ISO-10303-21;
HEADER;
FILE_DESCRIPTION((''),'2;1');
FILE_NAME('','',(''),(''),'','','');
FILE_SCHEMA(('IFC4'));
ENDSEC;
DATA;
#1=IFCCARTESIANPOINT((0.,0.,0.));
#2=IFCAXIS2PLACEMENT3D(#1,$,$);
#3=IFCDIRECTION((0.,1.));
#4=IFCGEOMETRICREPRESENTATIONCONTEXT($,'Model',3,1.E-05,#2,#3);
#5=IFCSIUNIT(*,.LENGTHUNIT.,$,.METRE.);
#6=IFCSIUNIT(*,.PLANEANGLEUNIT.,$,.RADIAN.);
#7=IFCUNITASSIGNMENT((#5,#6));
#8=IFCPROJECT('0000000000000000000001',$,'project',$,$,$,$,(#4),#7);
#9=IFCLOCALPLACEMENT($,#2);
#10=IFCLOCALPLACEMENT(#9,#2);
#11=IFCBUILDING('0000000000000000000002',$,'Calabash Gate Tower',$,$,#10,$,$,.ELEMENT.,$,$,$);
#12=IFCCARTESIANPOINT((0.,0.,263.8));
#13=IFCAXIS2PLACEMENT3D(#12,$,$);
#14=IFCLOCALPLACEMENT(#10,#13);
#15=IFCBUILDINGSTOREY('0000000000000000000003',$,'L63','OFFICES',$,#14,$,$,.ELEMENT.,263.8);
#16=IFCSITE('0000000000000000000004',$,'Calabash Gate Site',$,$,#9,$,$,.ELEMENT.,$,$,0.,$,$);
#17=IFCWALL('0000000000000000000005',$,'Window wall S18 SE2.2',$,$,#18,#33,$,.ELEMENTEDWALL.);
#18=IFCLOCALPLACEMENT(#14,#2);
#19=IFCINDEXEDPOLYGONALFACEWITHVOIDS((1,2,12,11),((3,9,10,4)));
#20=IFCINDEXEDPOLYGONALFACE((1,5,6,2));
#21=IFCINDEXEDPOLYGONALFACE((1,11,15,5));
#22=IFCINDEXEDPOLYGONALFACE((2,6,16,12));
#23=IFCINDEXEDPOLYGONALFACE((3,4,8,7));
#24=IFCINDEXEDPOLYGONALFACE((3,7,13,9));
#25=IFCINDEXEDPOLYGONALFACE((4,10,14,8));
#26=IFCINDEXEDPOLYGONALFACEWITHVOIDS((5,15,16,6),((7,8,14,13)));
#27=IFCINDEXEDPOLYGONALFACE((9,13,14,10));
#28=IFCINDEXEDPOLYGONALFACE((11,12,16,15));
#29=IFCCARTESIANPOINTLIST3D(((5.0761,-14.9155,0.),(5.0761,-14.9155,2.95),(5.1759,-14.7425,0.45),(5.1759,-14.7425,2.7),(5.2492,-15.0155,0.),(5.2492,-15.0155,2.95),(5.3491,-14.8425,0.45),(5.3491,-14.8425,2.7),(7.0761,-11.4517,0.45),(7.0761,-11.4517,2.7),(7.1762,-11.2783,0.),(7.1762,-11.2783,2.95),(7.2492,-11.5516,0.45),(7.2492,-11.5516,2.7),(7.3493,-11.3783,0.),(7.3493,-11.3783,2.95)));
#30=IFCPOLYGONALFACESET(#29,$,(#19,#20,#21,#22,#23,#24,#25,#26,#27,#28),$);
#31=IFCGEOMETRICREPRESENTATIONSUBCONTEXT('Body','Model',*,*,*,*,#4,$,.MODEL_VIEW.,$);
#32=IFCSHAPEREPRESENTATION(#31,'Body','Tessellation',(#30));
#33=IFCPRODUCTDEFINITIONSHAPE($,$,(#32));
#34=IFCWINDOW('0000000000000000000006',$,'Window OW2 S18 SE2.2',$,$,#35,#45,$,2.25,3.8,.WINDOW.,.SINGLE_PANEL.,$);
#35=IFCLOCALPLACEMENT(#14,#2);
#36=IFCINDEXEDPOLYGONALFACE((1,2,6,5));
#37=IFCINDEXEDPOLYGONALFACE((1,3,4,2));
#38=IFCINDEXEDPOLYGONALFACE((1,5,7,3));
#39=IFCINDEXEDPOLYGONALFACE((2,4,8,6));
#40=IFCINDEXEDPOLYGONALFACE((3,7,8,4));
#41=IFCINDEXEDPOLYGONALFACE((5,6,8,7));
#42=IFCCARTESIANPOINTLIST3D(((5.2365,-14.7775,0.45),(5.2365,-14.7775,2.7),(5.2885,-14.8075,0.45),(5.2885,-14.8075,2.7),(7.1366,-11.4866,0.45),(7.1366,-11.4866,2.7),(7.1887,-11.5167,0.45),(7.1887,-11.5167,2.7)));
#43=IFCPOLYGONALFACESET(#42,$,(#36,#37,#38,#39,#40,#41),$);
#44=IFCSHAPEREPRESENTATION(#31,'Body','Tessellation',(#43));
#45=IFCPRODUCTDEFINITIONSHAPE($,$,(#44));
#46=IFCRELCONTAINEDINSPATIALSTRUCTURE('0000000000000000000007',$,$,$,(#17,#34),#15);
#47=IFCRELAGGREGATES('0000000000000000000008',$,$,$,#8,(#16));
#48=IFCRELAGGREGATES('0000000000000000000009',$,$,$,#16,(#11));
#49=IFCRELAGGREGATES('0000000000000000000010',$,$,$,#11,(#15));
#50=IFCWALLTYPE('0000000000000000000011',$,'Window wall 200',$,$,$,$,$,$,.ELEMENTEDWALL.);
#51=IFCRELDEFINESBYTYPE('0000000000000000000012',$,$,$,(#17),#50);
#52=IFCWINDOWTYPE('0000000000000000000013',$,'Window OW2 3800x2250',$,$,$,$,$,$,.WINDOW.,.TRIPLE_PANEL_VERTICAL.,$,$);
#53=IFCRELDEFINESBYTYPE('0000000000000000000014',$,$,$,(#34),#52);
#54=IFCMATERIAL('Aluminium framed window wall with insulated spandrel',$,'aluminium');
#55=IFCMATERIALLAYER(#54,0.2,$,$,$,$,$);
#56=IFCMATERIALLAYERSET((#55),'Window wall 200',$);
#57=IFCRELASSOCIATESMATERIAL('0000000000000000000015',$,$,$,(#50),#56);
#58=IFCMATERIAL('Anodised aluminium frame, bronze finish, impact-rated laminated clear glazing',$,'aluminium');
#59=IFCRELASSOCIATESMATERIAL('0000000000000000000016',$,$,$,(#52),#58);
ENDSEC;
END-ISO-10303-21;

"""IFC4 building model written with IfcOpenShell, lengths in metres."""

from ifc_helpers import new_model, si_unit, direction, frame, frame_2d, origin, place, context, subcontext, project, spatial, rectangle, extrude, material, layer, layer_set, type_object, element, fill, save


model = new_model("IFC4")

# Units and contexts
model_context = context("Model", 3, precision=1e-05, world=origin(), true_north=direction((0.0, 1.0)))
body_context = subcontext(model_context, "Body", "Model", "MODEL_VIEW")
ifc_project = project(units=[si_unit("LENGTHUNIT", "METRE"), si_unit("PLANEANGLEUNIT", "RADIAN")], contexts=[model_context])

# Site, building, storey
site_placement = place(None, origin())
site = spatial("IfcSite", under=ifc_project, at=site_placement, Name="Calabash Gate Site", CompositionType="ELEMENT", RefElevation=0.0)
building_placement = place(site_placement, origin())
building = spatial("IfcBuilding", under=site, at=building_placement, Name="Calabash Gate Tower", CompositionType="ELEMENT")
storey_placement = place(building_placement, frame((0.0, 0.0, 263.8)))
storey = spatial("IfcBuildingStorey", under=building, at=storey_placement, Name="L63", Description="OFFICES", CompositionType="ELEMENT", Elevation=263.8)

# Shared definitions
ifc_material_1 = material(Name="Aluminium framed window wall with insulated spandrel", Category="aluminium")
ifc_layer_1 = layer(ifc_material_1, 0.2)
ifc_layer_set_1 = layer_set([ifc_layer_1], Name="Window wall 200")
wall_type_1 = type_object("IfcWallType", Name="Window wall 200", PredefinedType="ELEMENTEDWALL", material=ifc_layer_set_1)

# Wall, opening, window
wall_1_placement = place(storey_placement, frame((5.1626, -14.9656, 0.0), z_axis=(0.0, 0.0, 1.0), x_axis=(0.500028, 0.866009, 0.0)))
wall_1 = element("IfcWall", 1, at=wall_1_placement, inside=storey, type_object=wall_type_1, Name="Window wall S18 SE2.2", PredefinedType="ELEMENTEDWALL", context=body_context, shape_type="SweptSolid", body=[
    extrude(rectangle(XDim=4.2, YDim=0.2, at=frame_2d((2.1001, 0.0))), origin(), (0.0, 0.0, 1.0), 2.95),
])
opening_1_placement = place(wall_1_placement, frame((0.2, 0.0, 0.45)))
opening_1 = element("IfcOpeningElement", 2, at=opening_1_placement, cuts=wall_1, PredefinedType="OPENING", context=body_context, shape_type="SweptSolid", body=[
    extrude(rectangle(XDim=3.8, YDim=2.25, at=frame_2d((1.8999, 1.125))), frame((0.0, 0.1099, 0.0), z_axis=(0.0, -1.0, 0.0), x_axis=(1.0, 0.0, 0.0)), (0.0, 0.0, 1.0), 0.22),
])
ifc_material_2 = material(Name="Anodised aluminium frame, bronze finish, impact-rated laminated clear glazing", Category="aluminium")
window_type_1 = type_object("IfcWindowType", Name="Window OW2 3800x2250", PartitioningType="TRIPLE_PANEL_VERTICAL", PredefinedType="WINDOW", material=ifc_material_2)
window_1_placement = place(opening_1_placement, origin())
window_1 = element("IfcWindow", 3, at=window_1_placement, inside=storey, type_object=window_type_1, Name="Window OW2 S18 SE2.2", OverallHeight=2.25, OverallWidth=3.8, PartitioningType="SINGLE_PANEL", PredefinedType="WINDOW", context=body_context, shape_type="SweptSolid", body=[
    extrude(rectangle(XDim=3.8, YDim=2.25, at=frame_2d((1.8999, 1.125))), frame((0.0, 0.03, 0.0), z_axis=(0.0, -1.0, 0.0), x_axis=(1.0, 0.0, 0.0)), (0.0, 0.0, 1.0), 0.0601),
])
fill(opening_1, window_1)

save(model, "model.ifc")
